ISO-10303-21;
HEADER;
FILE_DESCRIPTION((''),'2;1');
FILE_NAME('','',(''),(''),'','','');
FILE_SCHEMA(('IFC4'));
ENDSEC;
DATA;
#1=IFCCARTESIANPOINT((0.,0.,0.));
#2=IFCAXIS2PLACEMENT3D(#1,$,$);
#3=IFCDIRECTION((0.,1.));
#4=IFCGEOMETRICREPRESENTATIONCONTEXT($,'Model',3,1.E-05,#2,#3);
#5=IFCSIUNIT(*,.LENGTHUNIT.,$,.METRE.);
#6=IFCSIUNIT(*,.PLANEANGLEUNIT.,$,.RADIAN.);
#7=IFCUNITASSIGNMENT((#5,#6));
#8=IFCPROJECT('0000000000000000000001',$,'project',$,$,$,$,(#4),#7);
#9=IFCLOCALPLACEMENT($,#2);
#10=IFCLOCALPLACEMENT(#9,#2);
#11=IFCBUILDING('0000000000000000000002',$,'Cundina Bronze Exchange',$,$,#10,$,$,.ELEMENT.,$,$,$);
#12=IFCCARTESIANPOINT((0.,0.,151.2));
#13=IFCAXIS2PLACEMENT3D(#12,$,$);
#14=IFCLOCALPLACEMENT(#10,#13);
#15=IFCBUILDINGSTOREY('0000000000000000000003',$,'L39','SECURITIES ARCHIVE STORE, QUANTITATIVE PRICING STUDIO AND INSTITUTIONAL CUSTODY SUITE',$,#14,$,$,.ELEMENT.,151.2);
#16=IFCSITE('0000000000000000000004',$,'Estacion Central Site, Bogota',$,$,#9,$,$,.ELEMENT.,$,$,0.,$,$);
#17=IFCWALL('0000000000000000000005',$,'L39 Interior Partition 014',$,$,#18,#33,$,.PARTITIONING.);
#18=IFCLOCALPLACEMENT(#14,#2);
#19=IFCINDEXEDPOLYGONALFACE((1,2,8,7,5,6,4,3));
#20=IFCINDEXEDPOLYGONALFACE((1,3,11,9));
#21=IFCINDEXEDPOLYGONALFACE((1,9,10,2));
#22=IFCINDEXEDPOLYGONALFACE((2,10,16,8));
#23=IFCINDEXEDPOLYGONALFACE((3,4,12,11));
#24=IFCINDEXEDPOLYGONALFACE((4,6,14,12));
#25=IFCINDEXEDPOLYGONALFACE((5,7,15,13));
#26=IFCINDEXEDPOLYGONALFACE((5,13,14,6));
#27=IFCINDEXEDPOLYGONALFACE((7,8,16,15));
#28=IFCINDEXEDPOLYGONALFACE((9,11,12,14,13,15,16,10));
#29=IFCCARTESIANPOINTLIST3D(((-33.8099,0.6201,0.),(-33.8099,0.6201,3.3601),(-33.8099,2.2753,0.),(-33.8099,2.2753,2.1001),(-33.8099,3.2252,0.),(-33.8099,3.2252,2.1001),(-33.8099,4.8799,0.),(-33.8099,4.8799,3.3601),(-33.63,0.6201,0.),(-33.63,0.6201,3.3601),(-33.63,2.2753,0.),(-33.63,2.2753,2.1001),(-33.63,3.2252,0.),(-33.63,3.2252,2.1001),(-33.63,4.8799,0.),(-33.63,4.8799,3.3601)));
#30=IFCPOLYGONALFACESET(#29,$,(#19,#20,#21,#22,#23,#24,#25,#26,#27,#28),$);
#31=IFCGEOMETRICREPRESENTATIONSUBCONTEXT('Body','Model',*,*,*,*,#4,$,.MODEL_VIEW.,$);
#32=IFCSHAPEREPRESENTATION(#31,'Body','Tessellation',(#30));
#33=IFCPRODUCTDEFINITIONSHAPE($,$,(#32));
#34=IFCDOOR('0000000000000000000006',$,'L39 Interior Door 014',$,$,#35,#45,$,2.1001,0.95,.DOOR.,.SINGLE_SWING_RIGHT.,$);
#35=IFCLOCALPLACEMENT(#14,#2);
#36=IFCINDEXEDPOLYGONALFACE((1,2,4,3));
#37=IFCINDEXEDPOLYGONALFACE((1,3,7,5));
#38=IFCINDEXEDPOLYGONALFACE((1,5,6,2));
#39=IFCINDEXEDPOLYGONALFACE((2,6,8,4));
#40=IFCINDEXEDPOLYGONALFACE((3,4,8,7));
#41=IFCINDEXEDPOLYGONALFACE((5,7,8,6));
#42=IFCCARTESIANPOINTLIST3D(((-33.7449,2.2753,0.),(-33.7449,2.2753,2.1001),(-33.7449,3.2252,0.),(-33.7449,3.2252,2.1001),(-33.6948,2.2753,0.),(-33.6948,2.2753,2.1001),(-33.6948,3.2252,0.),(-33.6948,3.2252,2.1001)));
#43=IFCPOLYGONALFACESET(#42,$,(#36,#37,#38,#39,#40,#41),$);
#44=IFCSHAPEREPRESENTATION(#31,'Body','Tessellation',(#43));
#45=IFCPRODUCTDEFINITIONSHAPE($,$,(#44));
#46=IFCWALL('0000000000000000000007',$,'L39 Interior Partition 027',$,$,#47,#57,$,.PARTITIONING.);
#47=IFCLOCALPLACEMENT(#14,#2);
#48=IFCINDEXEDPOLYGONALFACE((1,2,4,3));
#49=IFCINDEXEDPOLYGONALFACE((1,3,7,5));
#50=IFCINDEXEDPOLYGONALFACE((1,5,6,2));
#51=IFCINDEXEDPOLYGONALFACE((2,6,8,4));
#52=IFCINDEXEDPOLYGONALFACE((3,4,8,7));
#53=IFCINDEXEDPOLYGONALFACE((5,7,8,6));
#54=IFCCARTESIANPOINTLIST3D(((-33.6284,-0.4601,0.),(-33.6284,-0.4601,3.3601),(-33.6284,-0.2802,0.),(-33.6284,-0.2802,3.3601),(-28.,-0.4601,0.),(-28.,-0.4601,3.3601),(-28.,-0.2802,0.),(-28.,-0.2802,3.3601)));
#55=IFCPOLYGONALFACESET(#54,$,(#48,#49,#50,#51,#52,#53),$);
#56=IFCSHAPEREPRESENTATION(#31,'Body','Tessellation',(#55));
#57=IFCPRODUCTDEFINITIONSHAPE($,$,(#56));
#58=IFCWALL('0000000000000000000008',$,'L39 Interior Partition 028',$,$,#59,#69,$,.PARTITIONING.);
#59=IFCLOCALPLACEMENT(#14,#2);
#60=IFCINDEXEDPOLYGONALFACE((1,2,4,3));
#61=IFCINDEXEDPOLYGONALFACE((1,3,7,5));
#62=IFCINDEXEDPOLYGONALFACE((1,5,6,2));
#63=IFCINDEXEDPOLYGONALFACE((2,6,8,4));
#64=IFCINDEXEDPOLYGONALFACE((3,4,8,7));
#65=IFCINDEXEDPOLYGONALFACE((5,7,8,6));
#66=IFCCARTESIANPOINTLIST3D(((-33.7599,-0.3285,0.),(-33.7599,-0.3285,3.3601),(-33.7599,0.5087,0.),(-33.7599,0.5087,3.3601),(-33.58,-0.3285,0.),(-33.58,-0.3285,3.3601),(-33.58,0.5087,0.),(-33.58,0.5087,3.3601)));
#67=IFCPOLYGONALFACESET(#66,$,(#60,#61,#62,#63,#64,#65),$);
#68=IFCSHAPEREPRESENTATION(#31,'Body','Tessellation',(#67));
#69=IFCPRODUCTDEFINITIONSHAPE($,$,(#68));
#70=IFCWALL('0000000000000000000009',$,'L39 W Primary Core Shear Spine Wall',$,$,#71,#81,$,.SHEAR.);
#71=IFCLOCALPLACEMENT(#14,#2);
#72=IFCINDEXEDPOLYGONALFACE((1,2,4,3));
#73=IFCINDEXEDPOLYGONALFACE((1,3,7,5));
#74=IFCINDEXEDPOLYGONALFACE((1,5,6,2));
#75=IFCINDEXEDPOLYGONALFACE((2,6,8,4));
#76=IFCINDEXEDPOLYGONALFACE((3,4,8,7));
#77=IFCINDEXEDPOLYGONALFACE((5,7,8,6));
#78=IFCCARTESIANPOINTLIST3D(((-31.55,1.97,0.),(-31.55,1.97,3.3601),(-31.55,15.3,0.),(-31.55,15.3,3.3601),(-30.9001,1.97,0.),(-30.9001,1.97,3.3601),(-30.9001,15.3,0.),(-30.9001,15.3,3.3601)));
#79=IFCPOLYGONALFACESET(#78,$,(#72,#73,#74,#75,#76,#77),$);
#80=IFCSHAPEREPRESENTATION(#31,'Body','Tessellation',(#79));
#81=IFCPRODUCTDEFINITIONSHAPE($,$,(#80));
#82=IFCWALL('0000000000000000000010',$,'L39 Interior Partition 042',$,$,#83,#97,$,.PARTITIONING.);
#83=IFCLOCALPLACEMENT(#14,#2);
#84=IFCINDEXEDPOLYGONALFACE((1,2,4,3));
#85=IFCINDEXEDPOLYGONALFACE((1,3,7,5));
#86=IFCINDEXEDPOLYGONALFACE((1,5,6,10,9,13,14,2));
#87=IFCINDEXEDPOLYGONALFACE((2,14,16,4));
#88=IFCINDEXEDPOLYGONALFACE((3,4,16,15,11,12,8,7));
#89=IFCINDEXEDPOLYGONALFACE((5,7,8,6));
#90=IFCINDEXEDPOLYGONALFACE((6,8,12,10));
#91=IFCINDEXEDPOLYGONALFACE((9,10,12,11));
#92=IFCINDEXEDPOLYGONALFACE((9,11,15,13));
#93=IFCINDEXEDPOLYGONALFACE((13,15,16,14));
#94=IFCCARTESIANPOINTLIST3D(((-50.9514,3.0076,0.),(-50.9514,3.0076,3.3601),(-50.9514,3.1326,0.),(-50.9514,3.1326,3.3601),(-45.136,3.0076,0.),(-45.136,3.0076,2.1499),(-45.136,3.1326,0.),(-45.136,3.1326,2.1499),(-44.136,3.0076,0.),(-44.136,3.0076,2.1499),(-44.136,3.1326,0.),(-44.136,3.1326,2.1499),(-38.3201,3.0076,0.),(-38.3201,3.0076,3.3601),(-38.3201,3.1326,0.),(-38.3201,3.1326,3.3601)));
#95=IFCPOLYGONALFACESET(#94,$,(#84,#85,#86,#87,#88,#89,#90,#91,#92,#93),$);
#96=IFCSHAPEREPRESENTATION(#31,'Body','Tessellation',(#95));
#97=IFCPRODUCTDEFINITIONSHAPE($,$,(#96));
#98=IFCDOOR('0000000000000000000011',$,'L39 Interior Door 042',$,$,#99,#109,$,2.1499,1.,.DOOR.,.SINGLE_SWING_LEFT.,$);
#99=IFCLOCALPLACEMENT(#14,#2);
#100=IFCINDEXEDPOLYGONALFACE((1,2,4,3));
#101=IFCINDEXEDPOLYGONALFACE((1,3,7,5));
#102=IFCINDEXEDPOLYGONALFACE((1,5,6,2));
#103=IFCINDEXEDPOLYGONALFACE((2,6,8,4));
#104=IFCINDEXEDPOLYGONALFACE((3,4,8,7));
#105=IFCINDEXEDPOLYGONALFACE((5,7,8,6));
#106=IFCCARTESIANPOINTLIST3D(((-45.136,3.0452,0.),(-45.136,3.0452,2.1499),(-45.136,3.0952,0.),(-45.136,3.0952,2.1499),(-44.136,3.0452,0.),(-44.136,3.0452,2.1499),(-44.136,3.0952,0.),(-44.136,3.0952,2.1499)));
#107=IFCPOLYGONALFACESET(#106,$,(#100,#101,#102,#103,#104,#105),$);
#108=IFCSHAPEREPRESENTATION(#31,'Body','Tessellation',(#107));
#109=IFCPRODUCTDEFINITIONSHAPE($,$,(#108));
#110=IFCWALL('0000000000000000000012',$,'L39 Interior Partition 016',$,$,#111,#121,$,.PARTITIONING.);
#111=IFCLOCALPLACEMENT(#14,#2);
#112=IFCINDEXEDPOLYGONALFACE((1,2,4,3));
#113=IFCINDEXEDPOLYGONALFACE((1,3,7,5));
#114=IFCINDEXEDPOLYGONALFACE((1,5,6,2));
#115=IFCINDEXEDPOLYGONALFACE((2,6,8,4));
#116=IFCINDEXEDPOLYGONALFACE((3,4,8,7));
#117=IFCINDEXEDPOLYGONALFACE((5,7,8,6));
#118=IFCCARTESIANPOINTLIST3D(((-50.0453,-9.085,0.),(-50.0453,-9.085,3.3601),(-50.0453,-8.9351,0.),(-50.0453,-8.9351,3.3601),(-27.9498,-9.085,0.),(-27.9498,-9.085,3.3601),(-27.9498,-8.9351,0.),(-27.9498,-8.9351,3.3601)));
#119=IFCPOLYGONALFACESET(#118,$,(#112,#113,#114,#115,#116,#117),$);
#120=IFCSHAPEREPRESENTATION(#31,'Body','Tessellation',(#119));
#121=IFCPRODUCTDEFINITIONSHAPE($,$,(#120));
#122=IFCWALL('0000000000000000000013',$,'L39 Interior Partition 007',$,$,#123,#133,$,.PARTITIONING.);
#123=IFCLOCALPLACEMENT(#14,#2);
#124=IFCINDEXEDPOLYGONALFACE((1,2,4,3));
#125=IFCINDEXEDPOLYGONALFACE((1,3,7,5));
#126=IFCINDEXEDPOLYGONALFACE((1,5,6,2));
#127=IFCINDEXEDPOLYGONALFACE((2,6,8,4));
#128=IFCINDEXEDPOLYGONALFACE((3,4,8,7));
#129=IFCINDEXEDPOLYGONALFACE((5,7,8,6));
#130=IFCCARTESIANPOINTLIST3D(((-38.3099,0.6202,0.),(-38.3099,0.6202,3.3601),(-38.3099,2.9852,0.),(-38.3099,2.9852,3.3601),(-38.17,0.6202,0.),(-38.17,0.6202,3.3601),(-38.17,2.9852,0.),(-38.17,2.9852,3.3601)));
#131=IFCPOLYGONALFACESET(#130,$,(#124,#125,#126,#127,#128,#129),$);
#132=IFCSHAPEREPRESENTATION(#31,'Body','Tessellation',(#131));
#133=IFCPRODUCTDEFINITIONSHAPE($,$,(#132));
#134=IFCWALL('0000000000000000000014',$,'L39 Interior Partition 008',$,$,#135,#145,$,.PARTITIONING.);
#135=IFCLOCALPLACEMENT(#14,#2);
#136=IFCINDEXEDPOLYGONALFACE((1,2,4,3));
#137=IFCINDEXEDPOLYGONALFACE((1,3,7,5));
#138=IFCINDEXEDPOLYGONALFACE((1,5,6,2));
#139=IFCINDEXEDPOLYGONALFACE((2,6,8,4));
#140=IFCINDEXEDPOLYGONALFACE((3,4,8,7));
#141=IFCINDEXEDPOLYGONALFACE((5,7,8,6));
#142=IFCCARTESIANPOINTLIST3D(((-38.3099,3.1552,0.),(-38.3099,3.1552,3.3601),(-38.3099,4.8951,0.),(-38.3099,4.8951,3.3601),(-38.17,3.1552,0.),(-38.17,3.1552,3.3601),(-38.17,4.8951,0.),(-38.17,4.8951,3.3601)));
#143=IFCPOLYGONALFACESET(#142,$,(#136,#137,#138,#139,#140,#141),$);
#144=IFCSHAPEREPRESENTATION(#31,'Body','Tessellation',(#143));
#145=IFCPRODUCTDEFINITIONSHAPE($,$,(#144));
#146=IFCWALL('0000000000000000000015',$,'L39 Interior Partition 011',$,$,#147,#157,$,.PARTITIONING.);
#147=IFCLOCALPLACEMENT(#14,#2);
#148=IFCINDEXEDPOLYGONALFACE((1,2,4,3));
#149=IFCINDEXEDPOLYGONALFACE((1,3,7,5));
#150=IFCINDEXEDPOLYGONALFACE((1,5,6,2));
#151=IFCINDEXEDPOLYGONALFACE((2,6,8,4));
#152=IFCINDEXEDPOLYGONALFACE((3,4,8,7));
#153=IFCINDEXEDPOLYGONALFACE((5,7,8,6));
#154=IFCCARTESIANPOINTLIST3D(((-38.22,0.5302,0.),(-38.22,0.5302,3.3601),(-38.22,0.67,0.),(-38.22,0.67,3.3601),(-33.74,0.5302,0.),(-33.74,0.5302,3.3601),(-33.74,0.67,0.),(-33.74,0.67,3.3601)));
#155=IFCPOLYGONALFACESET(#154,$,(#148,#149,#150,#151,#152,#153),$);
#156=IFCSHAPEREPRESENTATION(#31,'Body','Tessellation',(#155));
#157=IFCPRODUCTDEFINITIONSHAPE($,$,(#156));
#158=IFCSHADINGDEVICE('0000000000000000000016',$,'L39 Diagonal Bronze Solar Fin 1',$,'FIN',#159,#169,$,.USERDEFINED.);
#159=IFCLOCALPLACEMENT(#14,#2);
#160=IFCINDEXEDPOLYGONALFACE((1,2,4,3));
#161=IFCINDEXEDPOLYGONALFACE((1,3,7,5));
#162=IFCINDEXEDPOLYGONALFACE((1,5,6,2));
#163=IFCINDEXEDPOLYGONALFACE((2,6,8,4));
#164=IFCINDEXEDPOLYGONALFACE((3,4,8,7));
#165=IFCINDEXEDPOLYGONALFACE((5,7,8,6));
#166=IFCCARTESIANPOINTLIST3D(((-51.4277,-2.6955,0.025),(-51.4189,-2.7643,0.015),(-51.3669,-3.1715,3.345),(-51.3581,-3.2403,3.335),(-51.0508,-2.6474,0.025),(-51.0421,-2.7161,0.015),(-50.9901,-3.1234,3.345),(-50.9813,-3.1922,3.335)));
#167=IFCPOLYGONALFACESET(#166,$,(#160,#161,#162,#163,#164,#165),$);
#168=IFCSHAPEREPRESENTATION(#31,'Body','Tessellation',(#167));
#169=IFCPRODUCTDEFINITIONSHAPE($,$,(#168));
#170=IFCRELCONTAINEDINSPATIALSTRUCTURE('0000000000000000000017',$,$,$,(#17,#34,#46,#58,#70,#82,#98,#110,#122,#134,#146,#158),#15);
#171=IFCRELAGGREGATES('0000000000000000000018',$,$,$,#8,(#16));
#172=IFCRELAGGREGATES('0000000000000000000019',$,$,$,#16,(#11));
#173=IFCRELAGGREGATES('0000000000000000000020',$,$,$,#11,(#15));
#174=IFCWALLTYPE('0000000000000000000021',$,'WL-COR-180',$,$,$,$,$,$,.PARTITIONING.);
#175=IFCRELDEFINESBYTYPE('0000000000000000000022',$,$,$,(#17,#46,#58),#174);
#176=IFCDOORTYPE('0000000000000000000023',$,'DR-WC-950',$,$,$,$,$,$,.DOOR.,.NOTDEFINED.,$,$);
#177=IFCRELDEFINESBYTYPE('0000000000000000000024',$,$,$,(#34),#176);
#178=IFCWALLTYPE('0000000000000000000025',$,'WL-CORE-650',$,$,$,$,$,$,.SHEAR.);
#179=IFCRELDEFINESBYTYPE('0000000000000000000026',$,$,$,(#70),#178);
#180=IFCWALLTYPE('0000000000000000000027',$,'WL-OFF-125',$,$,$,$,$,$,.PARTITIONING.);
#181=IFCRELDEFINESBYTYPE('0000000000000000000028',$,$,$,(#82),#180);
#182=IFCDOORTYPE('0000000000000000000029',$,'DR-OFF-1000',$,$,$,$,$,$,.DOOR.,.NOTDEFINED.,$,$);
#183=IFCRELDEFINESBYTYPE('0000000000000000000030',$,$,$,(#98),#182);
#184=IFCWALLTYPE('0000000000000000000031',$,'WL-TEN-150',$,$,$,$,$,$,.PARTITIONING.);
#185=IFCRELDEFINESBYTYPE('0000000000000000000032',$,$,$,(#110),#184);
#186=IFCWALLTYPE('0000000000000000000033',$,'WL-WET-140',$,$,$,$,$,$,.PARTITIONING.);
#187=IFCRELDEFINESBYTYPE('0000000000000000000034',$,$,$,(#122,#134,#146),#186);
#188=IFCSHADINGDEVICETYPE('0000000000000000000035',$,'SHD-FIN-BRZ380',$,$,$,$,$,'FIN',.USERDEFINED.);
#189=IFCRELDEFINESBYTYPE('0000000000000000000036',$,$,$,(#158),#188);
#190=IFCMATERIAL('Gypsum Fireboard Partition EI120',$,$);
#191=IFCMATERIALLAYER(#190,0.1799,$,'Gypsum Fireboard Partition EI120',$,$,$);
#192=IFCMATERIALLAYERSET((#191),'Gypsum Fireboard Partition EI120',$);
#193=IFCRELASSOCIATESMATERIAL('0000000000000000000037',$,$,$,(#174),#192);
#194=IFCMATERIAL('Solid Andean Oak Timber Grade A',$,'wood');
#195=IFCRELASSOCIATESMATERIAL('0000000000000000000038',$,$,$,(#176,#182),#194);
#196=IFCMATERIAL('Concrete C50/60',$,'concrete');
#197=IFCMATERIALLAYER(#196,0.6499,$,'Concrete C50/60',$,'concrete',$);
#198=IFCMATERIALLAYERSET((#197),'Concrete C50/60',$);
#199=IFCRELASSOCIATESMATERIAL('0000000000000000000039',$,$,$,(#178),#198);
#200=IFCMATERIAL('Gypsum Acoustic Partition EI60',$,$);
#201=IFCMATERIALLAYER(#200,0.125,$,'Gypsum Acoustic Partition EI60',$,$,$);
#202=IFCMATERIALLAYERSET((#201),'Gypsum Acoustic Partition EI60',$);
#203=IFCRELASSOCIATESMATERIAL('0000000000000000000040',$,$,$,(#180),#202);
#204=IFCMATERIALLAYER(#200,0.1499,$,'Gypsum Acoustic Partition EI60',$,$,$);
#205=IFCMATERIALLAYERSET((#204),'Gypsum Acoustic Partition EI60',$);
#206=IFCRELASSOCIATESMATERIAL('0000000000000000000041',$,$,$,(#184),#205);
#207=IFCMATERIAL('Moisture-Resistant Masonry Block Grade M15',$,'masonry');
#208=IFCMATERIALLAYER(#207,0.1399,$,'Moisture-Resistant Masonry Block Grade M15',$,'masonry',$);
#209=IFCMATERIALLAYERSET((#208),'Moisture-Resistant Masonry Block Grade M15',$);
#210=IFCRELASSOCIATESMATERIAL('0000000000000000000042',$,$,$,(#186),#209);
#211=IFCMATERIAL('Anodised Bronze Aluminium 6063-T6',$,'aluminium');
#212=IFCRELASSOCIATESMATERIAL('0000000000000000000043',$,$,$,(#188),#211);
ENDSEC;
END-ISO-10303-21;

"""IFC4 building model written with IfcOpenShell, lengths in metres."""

from ifc_helpers import new_model, si_unit, direction, frame, frame_2d, origin, origin_2d, place, context, subcontext, project, spatial, rectangle, extrude, material, layer, layer_set, material_profile, profile_set, type_object, element, fill, save


model = new_model("IFC4")

# Units and contexts
model_context = context("Model", 3, precision=1e-05, world=origin(), true_north=direction((0.0, 1.0)))
body_context = subcontext(model_context, "Body", "Model", "MODEL_VIEW")
ifc_project = project(units=[si_unit("LENGTHUNIT", "METRE"), si_unit("PLANEANGLEUNIT", "RADIAN")], contexts=[model_context])

# Site, building, storey
site_placement = place(None, origin())
site = spatial("IfcSite", under=ifc_project, at=site_placement, Name="Estacion Central Site, Bogota", CompositionType="ELEMENT", RefElevation=0.0)
building_placement = place(site_placement, origin())
building = spatial("IfcBuilding", under=site, at=building_placement, Name="Cundina Bronze Exchange", CompositionType="ELEMENT")
storey_placement = place(building_placement, frame((0.0, 0.0, 151.2)))
storey = spatial("IfcBuildingStorey", under=building, at=storey_placement, Name="L39", Description="SECURITIES ARCHIVE STORE, QUANTITATIVE PRICING STUDIO AND INSTITUTIONAL CUSTODY SUITE", CompositionType="ELEMENT", Elevation=151.2)

# Shared definitions
ifc_material_1 = material(Name="Concrete C50/60", Category="concrete")

# Shared definitions
ifc_material_2 = material(Name="Anodised Bronze Aluminium 6063-T6", Category="aluminium")

# Wall, opening, door
ifc_material_3 = material(Name="Gypsum Fireboard Partition EI120")
ifc_layer_1 = layer(ifc_material_3, 0.1799, Name="Gypsum Fireboard Partition EI120")
ifc_layer_set_1 = layer_set([ifc_layer_1], Name="Gypsum Fireboard Partition EI120")
wall_type_1 = type_object("IfcWallType", Name="WL-COR-180", PredefinedType="PARTITIONING", material=ifc_layer_set_1)
wall_1_placement = place(storey_placement, frame((-33.72, 0.6201, 0.0), z_axis=(0.0, 0.0, 1.0), x_axis=(0.0, 1.0, 0.0)))
wall_1 = element("IfcWall", 1, at=wall_1_placement, inside=storey, type_object=wall_type_1, Name="L39 Interior Partition 014", PredefinedType="PARTITIONING", context=body_context, shape_type="SweptSolid", body=[
    extrude(rectangle(XDim=4.2598, YDim=0.1799, at=frame_2d((2.1299, 0.0))), origin(), (0.0, 0.0, 1.0), 3.3601),
])
opening_1_placement = place(wall_1_placement, frame((1.655, 0.0, 0.0)))
opening_1 = element("IfcOpeningElement", 2, at=opening_1_placement, cuts=wall_1, PredefinedType="OPENING", context=body_context, shape_type="SweptSolid", body=[
    extrude(rectangle(XDim=0.95, YDim=2.1001, at=frame_2d((0.4751, 1.05))), frame((0.0, 0.0999, 0.0), z_axis=(0.0, -1.0, 0.0), x_axis=(1.0, 0.0, 0.0)), (0.0, 0.0, 1.0), 0.2),
])
ifc_material_4 = material(Name="Solid Andean Oak Timber Grade A", Category="wood")
door_type_1 = type_object("IfcDoorType", Name="DR-WC-950", OperationType="NOTDEFINED", PredefinedType="DOOR", material=ifc_material_4)
door_1_placement = place(opening_1_placement, origin())
door_1 = element("IfcDoor", 3, at=door_1_placement, inside=storey, type_object=door_type_1, Name="L39 Interior Door 014", OperationType="SINGLE_SWING_RIGHT", OverallHeight=2.1001, OverallWidth=0.95, PredefinedType="DOOR", context=body_context, shape_type="SweptSolid", body=[
    extrude(rectangle(XDim=0.95, YDim=2.1001, at=frame_2d((0.4751, 1.05))), frame((0.0, 0.0249, 0.0), z_axis=(0.0, -1.0, 0.0), x_axis=(1.0, 0.0, 0.0)), (0.0, 0.0, 1.0), 0.05),
])
fill(opening_1, door_1)

# Walls
wall_2_placement = place(storey_placement, frame((-33.6284, -0.3701, 0.0), z_axis=(0.0, 0.0, 1.0), x_axis=(1.0, 0.0, 0.0)))
element("IfcWall", 4, at=wall_2_placement, inside=storey, type_object=wall_type_1, Name="L39 Interior Partition 027", PredefinedType="PARTITIONING", context=body_context, shape_type="SweptSolid", body=[
    extrude(rectangle(XDim=5.6284, YDim=0.1799, at=frame_2d((2.8142, 0.0))), origin(), (0.0, 0.0, 1.0), 3.3601),
])
wall_3_placement = place(storey_placement, frame((-33.6699, 0.5085, 0.0), z_axis=(0.0, 0.0, 1.0), x_axis=(0.0, -1.0, 0.0)))
element("IfcWall", 5, at=wall_3_placement, inside=storey, type_object=wall_type_1, Name="L39 Interior Partition 028", PredefinedType="PARTITIONING", context=body_context, shape_type="SweptSolid", body=[
    extrude(rectangle(XDim=0.8372, YDim=0.1799, at=frame_2d((0.4185, 0.0))), origin(), (0.0, 0.0, 1.0), 3.3601),
])
ifc_layer_2 = layer(ifc_material_1, 0.6499, Name="Concrete C50/60", Category="concrete")
ifc_layer_set_2 = layer_set([ifc_layer_2], Name="Concrete C50/60")
wall_type_2 = type_object("IfcWallType", Name="WL-CORE-650", PredefinedType="SHEAR", material=ifc_layer_set_2)
wall_4_placement = place(storey_placement, frame((-31.2251, 1.97, 0.0), z_axis=(0.0, 0.0, 1.0), x_axis=(0.0, 1.0, 0.0)))
element("IfcWall", 6, at=wall_4_placement, inside=storey, type_object=wall_type_2, Name="L39 W Primary Core Shear Spine Wall", PredefinedType="SHEAR", context=body_context, shape_type="SweptSolid", body=[
    extrude(rectangle(XDim=13.3301, YDim=0.6499, at=frame_2d((6.665, 0.0))), origin(), (0.0, 0.0, 1.0), 3.3601),
])

# Wall, opening, door
ifc_material_5 = material(Name="Gypsum Acoustic Partition EI60")
ifc_layer_3 = layer(ifc_material_5, 0.125, Name="Gypsum Acoustic Partition EI60")
ifc_layer_set_3 = layer_set([ifc_layer_3], Name="Gypsum Acoustic Partition EI60")
wall_type_3 = type_object("IfcWallType", Name="WL-OFF-125", PredefinedType="PARTITIONING", material=ifc_layer_set_3)
wall_5_placement = place(storey_placement, frame((-38.3201, 3.0701, 0.0), z_axis=(0.0, 0.0, 1.0), x_axis=(-1.0, 0.0, 0.0)))
wall_5 = element("IfcWall", 7, at=wall_5_placement, inside=storey, type_object=wall_type_3, Name="L39 Interior Partition 042", PredefinedType="PARTITIONING", context=body_context, shape_type="SweptSolid", body=[
    extrude(rectangle(XDim=12.6313, YDim=0.125, at=frame_2d((6.3157, 0.0))), origin(), (0.0, 0.0, 1.0), 3.3601),
])
opening_2_placement = place(wall_5_placement, frame((5.8159, 0.0, 0.0)))
opening_2 = element("IfcOpeningElement", 8, at=opening_2_placement, cuts=wall_5, PredefinedType="OPENING", context=body_context, shape_type="SweptSolid", body=[
    extrude(rectangle(XDim=1.0, YDim=2.1499, at=frame_2d((0.5, 1.075))), frame((0.0, 0.0725, 0.0), z_axis=(0.0, -1.0, 0.0), x_axis=(1.0, 0.0, 0.0)), (0.0, 0.0, 1.0), 0.145),
])
door_type_2 = type_object("IfcDoorType", Name="DR-OFF-1000", OperationType="NOTDEFINED", PredefinedType="DOOR", material=ifc_material_4)
door_2_placement = place(opening_2_placement, origin())
door_2 = element("IfcDoor", 9, at=door_2_placement, inside=storey, type_object=door_type_2, Name="L39 Interior Door 042", OperationType="SINGLE_SWING_LEFT", OverallHeight=2.1499, OverallWidth=1.0, PredefinedType="DOOR", context=body_context, shape_type="SweptSolid", body=[
    extrude(rectangle(XDim=1.0, YDim=2.1499, at=frame_2d((0.5, 1.075))), frame((0.0, 0.0249, 0.0), z_axis=(0.0, -1.0, 0.0), x_axis=(1.0, 0.0, 0.0)), (0.0, 0.0, 1.0), 0.05),
])
fill(opening_2, door_2)

# Walls
ifc_layer_4 = layer(ifc_material_5, 0.1499, Name="Gypsum Acoustic Partition EI60")
ifc_layer_set_4 = layer_set([ifc_layer_4], Name="Gypsum Acoustic Partition EI60")
wall_type_4 = type_object("IfcWallType", Name="WL-TEN-150", PredefinedType="PARTITIONING", material=ifc_layer_set_4)
wall_6_placement = place(storey_placement, frame((-50.0454, -9.01, 0.0), z_axis=(0.0, 0.0, 1.0), x_axis=(1.0, 0.0, 0.0)))
element("IfcWall", 10, at=wall_6_placement, inside=storey, type_object=wall_type_4, Name="L39 Interior Partition 016", PredefinedType="PARTITIONING", context=body_context, shape_type="SweptSolid", body=[
    extrude(rectangle(XDim=22.0955, YDim=0.1499, at=frame_2d((11.0479, 0.0))), origin(), (0.0, 0.0, 1.0), 3.3601),
])
ifc_material_6 = material(Name="Moisture-Resistant Masonry Block Grade M15", Category="masonry")
ifc_layer_5 = layer(ifc_material_6, 0.1399, Name="Moisture-Resistant Masonry Block Grade M15", Category="masonry")
ifc_layer_set_5 = layer_set([ifc_layer_5], Name="Moisture-Resistant Masonry Block Grade M15")
wall_type_5 = type_object("IfcWallType", Name="WL-WET-140", PredefinedType="PARTITIONING", material=ifc_layer_set_5)
wall_7_placement = place(storey_placement, frame((-38.24, 0.6201, 0.0), z_axis=(0.0, 0.0, 1.0), x_axis=(0.0, 1.0, 0.0)))
element("IfcWall", 11, at=wall_7_placement, inside=storey, type_object=wall_type_5, Name="L39 Interior Partition 007", PredefinedType="PARTITIONING", context=body_context, shape_type="SweptSolid", body=[
    extrude(rectangle(XDim=2.365, YDim=0.1399, at=frame_2d((1.1826, 0.0))), origin(), (0.0, 0.0, 1.0), 3.3601),
])
wall_8_placement = place(storey_placement, frame((-38.24, 3.155, 0.0), z_axis=(0.0, 0.0, 1.0), x_axis=(0.0, 1.0, 0.0)))
element("IfcWall", 12, at=wall_8_placement, inside=storey, type_object=wall_type_5, Name="L39 Interior Partition 008", PredefinedType="PARTITIONING", context=body_context, shape_type="SweptSolid", body=[
    extrude(rectangle(XDim=1.74, YDim=0.1399, at=frame_2d((0.8701, 0.0))), origin(), (0.0, 0.0, 1.0), 3.3601),
])
wall_9_placement = place(storey_placement, frame((-38.22, 0.6001, 0.0), z_axis=(0.0, 0.0, 1.0), x_axis=(1.0, 0.0, 0.0)))
element("IfcWall", 13, at=wall_9_placement, inside=storey, type_object=wall_type_5, Name="L39 Interior Partition 011", PredefinedType="PARTITIONING", context=body_context, shape_type="SweptSolid", body=[
    extrude(rectangle(XDim=4.48, YDim=0.1399, at=frame_2d((2.24, 0.0))), origin(), (0.0, 0.0, 1.0), 3.3601),
])

# Shading device
ifc_material_profile_1 = material_profile(ifc_material_2, rectangle(XDim=0.0701, YDim=0.3799, at=origin_2d()), Name="FIN70X380", Category="aluminium")
ifc_profile_set_1 = profile_set([ifc_material_profile_1], Name="Anodised Bronze Aluminium 6063-T6")
shading_device_type = type_object("IfcShadingDeviceType", Name="SHD-FIN-BRZ380", ElementType="FIN", PredefinedType="USERDEFINED", material=ifc_profile_set_1)
shading_device_placement = place(storey_placement, frame((-51.2349, -2.7058, 0.02), z_axis=(0.018122, -0.141918, 0.989713), x_axis=(-0.125361, 0.981741, 0.14307)))
element("IfcShadingDevice", 14, at=shading_device_placement, inside=storey, type_object=shading_device_type, Name="L39 Diagonal Bronze Solar Fin 1", ObjectType="FIN", PredefinedType="USERDEFINED", context=body_context, shape_type="SweptSolid", body=[
    extrude(rectangle(XDim=0.0701, YDim=0.3799, at=origin_2d()), origin(), (0.0, 0.0, 1.0), 3.3545),
])

save(model, "model.ifc")
